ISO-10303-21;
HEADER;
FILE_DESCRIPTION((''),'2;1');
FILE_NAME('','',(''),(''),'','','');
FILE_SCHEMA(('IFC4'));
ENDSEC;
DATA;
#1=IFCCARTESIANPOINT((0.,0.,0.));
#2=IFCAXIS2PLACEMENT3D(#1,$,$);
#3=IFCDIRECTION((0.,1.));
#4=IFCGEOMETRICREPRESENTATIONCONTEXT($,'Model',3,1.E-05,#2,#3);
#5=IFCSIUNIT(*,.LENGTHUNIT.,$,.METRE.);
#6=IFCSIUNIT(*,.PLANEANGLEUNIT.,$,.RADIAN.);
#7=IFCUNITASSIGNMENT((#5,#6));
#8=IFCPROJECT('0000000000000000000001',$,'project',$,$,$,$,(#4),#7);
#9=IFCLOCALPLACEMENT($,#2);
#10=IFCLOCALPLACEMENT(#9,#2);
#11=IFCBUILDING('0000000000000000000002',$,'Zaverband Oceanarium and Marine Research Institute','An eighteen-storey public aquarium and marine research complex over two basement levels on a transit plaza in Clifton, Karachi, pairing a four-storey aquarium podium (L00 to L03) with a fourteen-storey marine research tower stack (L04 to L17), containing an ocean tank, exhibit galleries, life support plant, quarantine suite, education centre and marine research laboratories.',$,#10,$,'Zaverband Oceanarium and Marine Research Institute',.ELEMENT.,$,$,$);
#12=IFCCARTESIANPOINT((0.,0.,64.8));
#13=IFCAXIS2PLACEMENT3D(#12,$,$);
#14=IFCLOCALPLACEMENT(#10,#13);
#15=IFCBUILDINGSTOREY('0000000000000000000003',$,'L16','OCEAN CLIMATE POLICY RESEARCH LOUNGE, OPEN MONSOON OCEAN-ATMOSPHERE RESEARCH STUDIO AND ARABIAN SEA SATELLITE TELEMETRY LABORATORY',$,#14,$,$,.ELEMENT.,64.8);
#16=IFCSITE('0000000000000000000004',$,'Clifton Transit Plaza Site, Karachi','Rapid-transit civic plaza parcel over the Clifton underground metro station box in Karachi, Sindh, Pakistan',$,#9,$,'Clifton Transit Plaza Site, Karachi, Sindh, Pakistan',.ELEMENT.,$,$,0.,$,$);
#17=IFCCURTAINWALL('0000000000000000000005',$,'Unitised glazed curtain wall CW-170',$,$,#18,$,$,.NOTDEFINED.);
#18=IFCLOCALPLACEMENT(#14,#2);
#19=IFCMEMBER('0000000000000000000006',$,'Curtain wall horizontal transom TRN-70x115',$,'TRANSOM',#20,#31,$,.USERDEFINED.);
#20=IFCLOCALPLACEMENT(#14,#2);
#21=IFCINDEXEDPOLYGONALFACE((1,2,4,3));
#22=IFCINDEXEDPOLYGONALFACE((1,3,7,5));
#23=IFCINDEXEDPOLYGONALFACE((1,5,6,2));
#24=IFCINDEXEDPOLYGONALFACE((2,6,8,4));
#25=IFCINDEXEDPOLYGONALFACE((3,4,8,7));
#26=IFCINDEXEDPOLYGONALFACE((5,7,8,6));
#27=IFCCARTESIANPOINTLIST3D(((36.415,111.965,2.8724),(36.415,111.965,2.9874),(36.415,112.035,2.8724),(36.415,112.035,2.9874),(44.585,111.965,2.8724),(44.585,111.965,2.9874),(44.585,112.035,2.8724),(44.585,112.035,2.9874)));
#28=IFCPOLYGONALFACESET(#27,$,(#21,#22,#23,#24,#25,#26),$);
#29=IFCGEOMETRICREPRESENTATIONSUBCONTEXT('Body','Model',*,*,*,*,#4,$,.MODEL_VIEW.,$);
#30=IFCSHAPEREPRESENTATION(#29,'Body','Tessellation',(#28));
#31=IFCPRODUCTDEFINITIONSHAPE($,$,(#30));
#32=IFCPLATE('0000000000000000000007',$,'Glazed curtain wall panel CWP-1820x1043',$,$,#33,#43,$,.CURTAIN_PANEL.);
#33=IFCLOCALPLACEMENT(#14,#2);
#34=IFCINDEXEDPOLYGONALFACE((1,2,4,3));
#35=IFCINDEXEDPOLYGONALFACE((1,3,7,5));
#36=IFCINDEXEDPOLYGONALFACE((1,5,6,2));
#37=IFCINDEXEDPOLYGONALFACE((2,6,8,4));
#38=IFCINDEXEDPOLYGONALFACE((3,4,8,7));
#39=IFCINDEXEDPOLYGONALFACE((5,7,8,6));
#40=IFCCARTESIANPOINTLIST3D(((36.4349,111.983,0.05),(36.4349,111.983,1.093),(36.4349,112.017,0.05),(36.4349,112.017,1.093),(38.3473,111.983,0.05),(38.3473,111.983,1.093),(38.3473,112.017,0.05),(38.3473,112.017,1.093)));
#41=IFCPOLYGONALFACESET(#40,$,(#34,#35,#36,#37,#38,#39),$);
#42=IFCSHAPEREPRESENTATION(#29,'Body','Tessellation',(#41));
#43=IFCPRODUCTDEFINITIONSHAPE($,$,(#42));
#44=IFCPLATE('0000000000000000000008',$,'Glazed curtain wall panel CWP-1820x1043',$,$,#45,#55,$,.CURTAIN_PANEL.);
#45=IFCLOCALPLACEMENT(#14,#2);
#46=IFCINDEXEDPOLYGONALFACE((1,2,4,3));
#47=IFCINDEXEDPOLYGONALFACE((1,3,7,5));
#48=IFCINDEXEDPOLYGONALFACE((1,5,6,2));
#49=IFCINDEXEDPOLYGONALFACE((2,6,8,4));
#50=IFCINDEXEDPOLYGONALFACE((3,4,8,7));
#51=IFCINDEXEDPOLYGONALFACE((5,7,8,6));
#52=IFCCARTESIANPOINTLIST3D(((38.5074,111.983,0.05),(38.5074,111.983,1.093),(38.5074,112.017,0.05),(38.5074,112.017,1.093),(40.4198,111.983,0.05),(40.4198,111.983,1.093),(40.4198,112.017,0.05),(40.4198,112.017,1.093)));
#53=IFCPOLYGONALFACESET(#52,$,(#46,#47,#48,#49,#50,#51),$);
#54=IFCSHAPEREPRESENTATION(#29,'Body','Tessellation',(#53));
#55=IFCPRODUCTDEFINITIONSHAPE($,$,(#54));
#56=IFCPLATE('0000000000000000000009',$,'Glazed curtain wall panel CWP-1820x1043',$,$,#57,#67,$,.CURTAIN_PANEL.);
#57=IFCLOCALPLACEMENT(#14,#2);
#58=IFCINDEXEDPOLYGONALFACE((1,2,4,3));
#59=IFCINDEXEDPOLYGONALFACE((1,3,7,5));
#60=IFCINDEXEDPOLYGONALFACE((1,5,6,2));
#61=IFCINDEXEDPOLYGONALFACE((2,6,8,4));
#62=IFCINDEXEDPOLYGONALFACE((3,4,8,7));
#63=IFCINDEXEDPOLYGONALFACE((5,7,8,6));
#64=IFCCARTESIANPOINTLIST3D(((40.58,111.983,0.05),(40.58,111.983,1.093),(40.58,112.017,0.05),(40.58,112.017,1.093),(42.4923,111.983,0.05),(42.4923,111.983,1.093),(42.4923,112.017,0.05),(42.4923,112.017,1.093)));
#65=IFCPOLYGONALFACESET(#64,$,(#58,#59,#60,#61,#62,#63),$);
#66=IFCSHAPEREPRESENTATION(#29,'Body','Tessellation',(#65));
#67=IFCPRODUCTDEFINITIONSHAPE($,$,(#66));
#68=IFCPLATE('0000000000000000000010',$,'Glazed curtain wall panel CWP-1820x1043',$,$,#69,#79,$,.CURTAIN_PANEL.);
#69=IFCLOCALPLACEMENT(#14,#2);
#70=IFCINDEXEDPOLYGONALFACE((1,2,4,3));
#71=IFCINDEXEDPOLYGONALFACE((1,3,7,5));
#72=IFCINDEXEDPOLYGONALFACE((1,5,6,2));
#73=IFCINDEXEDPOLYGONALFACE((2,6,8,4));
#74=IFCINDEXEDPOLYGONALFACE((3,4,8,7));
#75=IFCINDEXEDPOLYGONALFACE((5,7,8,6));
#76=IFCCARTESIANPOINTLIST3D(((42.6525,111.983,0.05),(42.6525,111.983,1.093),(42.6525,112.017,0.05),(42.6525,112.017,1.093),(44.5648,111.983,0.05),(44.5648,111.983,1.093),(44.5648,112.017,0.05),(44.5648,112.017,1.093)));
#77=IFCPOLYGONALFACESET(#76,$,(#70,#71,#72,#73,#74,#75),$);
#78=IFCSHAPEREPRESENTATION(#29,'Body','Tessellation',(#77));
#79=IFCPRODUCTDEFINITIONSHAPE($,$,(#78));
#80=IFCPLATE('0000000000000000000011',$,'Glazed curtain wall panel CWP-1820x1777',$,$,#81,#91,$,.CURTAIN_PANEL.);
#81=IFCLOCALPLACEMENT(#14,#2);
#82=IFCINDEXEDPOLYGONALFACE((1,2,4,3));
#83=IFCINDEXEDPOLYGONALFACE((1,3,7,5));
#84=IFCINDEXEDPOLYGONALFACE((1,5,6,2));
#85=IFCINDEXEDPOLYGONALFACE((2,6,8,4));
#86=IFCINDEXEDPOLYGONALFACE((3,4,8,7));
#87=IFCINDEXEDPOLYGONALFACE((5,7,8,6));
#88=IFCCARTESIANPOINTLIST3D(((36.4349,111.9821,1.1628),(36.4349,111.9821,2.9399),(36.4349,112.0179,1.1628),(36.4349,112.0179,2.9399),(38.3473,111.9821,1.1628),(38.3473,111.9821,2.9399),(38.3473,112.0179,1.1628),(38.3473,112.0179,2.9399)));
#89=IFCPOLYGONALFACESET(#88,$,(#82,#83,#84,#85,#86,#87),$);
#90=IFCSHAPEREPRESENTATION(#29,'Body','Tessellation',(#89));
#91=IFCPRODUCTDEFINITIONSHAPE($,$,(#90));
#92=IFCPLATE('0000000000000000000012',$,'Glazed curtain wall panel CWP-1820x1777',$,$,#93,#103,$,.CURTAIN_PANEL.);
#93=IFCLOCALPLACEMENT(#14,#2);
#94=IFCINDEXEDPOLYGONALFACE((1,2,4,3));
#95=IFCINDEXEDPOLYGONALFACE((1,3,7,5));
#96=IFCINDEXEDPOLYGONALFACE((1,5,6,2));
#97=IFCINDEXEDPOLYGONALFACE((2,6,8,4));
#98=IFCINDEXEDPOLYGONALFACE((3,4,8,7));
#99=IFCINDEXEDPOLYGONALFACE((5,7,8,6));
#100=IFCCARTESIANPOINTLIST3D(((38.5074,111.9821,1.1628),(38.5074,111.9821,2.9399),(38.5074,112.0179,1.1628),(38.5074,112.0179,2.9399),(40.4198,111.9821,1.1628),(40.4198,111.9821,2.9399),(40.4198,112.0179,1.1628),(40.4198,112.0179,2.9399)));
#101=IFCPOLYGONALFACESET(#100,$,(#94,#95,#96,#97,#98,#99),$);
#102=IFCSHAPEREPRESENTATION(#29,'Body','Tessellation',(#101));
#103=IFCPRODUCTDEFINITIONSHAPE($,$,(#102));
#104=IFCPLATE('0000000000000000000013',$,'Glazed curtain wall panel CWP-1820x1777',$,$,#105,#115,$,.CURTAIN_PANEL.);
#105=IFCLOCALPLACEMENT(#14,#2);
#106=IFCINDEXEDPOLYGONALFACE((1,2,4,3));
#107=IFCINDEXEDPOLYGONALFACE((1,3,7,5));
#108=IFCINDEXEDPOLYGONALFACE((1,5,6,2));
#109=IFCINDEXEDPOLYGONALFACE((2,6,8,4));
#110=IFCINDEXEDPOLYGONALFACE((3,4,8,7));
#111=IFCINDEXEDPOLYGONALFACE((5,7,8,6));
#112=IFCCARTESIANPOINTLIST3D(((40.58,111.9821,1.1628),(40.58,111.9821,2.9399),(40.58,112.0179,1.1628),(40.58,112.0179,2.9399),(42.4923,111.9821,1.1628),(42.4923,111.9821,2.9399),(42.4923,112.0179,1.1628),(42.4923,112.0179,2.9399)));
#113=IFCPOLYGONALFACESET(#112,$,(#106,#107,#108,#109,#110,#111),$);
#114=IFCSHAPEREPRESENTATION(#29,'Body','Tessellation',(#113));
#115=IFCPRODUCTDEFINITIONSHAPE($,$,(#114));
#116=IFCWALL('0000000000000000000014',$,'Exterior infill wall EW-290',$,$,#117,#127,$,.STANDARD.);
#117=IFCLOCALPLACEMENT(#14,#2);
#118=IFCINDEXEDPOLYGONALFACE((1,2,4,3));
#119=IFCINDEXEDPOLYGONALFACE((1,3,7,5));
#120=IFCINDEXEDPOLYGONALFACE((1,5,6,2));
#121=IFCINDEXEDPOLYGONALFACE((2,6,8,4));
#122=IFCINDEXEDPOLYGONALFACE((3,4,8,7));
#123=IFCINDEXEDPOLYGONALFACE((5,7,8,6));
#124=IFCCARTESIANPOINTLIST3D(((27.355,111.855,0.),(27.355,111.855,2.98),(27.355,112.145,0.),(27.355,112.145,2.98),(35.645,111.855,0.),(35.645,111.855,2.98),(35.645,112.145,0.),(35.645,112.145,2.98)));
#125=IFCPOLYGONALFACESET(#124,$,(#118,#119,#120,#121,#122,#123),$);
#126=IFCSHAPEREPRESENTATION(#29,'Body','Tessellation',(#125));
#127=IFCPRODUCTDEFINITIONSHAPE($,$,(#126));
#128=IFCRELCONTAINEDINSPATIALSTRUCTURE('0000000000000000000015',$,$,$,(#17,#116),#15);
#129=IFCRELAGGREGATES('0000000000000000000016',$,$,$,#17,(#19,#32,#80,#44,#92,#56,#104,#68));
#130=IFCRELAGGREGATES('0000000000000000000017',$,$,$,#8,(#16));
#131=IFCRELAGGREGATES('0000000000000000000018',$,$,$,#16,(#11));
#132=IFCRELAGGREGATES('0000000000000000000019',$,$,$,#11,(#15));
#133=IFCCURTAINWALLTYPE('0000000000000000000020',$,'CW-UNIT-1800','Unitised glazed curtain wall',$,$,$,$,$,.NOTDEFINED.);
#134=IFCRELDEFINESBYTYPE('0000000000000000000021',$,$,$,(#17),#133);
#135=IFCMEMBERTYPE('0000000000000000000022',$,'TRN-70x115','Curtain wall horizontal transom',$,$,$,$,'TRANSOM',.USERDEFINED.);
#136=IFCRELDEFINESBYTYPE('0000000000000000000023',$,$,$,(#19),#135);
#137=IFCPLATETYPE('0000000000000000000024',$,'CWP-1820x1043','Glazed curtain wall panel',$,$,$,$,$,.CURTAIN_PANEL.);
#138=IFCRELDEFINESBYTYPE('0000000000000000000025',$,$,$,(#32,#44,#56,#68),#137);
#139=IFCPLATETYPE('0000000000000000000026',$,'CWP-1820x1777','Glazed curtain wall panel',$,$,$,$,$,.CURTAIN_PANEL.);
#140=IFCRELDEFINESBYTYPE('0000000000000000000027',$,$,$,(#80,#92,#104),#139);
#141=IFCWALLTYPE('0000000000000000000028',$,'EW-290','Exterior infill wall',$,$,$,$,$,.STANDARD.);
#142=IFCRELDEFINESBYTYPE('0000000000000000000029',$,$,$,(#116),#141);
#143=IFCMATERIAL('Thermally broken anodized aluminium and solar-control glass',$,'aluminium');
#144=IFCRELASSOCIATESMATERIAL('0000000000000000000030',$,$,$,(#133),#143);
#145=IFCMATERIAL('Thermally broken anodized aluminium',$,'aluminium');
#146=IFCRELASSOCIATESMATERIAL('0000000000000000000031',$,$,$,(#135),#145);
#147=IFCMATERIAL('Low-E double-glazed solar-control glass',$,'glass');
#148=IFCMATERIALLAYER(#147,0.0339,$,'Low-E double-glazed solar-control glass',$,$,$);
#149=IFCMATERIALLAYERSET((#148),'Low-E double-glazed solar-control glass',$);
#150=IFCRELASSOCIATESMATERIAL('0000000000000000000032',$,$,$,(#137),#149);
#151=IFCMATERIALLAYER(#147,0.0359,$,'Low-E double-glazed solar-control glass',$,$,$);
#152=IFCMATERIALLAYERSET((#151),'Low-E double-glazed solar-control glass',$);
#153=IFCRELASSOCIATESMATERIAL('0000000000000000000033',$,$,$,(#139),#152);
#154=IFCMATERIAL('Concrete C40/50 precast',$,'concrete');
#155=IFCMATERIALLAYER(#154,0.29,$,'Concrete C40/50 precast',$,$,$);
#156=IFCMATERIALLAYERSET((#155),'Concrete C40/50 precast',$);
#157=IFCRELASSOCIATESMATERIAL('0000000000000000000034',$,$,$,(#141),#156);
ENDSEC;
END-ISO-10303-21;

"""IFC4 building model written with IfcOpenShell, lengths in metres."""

from ifc_helpers import new_model, si_unit, direction, frame, frame_2d, origin, origin_2d, place, context, subcontext, project, spatial, rectangle, extrude, material, layer, layer_set, material_profile, profile_set, type_object, element, aggregate, save


model = new_model("IFC4")

# Units and contexts
model_context = context("Model", 3, precision=1e-05, world=origin(), true_north=direction((0.0, 1.0)))
body_context = subcontext(model_context, "Body", "Model", "MODEL_VIEW")
ifc_project = project(units=[si_unit("LENGTHUNIT", "METRE"), si_unit("PLANEANGLEUNIT", "RADIAN")], contexts=[model_context])

# Site, building, storey
site_placement = place(None, origin())
site = spatial("IfcSite", under=ifc_project, at=site_placement, Name="Clifton Transit Plaza Site, Karachi", Description="Rapid-transit civic plaza parcel over the Clifton underground metro station box in Karachi, Sindh, Pakistan", LongName="Clifton Transit Plaza Site, Karachi, Sindh, Pakistan", CompositionType="ELEMENT", RefElevation=0.0)
building_placement = place(site_placement, origin())
building = spatial("IfcBuilding", under=site, at=building_placement, Name="Zaverband Oceanarium and Marine Research Institute", Description="An eighteen-storey public aquarium and marine research complex over two basement levels on a transit plaza in Clifton, Karachi, pairing a four-storey aquarium podium (L00 to L03) with a fourteen-storey marine research tower stack (L04 to L17), containing an ocean tank, exhibit galleries, life support plant, quarantine suite, education centre and marine research laboratories.", LongName="Zaverband Oceanarium and Marine Research Institute", CompositionType="ELEMENT")
storey_placement = place(building_placement, frame((0.0, 0.0, 64.8)))
storey = spatial("IfcBuildingStorey", under=building, at=storey_placement, Name="L16", Description="OCEAN CLIMATE POLICY RESEARCH LOUNGE, OPEN MONSOON OCEAN-ATMOSPHERE RESEARCH STUDIO AND ARABIAN SEA SATELLITE TELEMETRY LABORATORY", CompositionType="ELEMENT", Elevation=64.8)

# Curtain wall
ifc_material_1 = material(Name="Thermally broken anodized aluminium and solar-control glass", Category="aluminium")
curtain_wall_type = type_object("IfcCurtainWallType", Name="CW-UNIT-1800", Description="Unitised glazed curtain wall", PredefinedType="NOTDEFINED", material=ifc_material_1)
curtain_wall_placement = place(storey_placement, origin())
curtain_wall = element("IfcCurtainWall", 1, at=curtain_wall_placement, inside=storey, type_object=curtain_wall_type, Name="Unitised glazed curtain wall CW-170", PredefinedType="NOTDEFINED")
ifc_material_2 = material(Name="Thermally broken anodized aluminium", Category="aluminium")

# Member
ifc_material_profile_1 = material_profile(ifc_material_2, rectangle(XDim=0.0701, YDim=0.115, at=origin_2d()), Name="AL-TRN-70x115")
ifc_profile_set_1 = profile_set([ifc_material_profile_1], Name="Thermally broken anodized aluminium")
member_type_1 = type_object("IfcMemberType", Name="TRN-70x115", Description="Curtain wall horizontal transom", ElementType="TRANSOM", PredefinedType="USERDEFINED", material=ifc_profile_set_1)
member_1_placement = place(storey_placement, frame((36.415, 112.0, 2.9299), z_axis=(1.0, 0.0, 0.0), x_axis=(0.0, 1.0, 0.0)))
member_1 = element("IfcMember", 2, at=member_1_placement, type_object=member_type_1, Name="Curtain wall horizontal transom TRN-70x115", ObjectType="TRANSOM", PredefinedType="USERDEFINED", context=body_context, shape_type="SweptSolid", body=[
    extrude(rectangle(XDim=0.0701, YDim=0.115, at=origin_2d()), origin(), (0.0, 0.0, 1.0), 8.1699),
])

# Plates
ifc_material_3 = material(Name="Low-E double-glazed solar-control glass", Category="glass")
ifc_layer_1 = layer(ifc_material_3, 0.0339, Name="Low-E double-glazed solar-control glass")
ifc_layer_set_1 = layer_set([ifc_layer_1], Name="Low-E double-glazed solar-control glass")
plate_type_1 = type_object("IfcPlateType", Name="CWP-1820x1043", Description="Glazed curtain wall panel", PredefinedType="CURTAIN_PANEL", material=ifc_layer_set_1)
plate_1_placement = place(storey_placement, frame((36.4351, 112.0, 0.05), z_axis=(0.0, 0.0, 1.0), x_axis=(1.0, 0.0, 0.0)))
plate_1 = element("IfcPlate", 3, at=plate_1_placement, type_object=plate_type_1, Name="Glazed curtain wall panel CWP-1820x1043", PredefinedType="CURTAIN_PANEL", context=body_context, shape_type="SweptSolid", body=[
    extrude(rectangle(XDim=1.9124, YDim=0.0339, at=frame_2d((0.9561, 0.0))), origin(), (0.0, 0.0, 1.0), 1.043),
])
plate_2_placement = place(storey_placement, frame((38.5076, 112.0, 0.05), z_axis=(0.0, 0.0, 1.0), x_axis=(1.0, 0.0, 0.0)))
plate_2 = element("IfcPlate", 4, at=plate_2_placement, type_object=plate_type_1, Name="Glazed curtain wall panel CWP-1820x1043", PredefinedType="CURTAIN_PANEL", context=body_context, shape_type="SweptSolid", body=[
    extrude(rectangle(XDim=1.9124, YDim=0.0339, at=frame_2d((0.9561, 0.0))), origin(), (0.0, 0.0, 1.0), 1.043),
])
plate_3_placement = place(storey_placement, frame((40.5801, 112.0, 0.05), z_axis=(0.0, 0.0, 1.0), x_axis=(1.0, 0.0, 0.0)))
plate_3 = element("IfcPlate", 5, at=plate_3_placement, type_object=plate_type_1, Name="Glazed curtain wall panel CWP-1820x1043", PredefinedType="CURTAIN_PANEL", context=body_context, shape_type="SweptSolid", body=[
    extrude(rectangle(XDim=1.9124, YDim=0.0339, at=frame_2d((0.9561, 0.0))), origin(), (0.0, 0.0, 1.0), 1.043),
])
plate_4_placement = place(storey_placement, frame((42.6526, 112.0, 0.05), z_axis=(0.0, 0.0, 1.0), x_axis=(1.0, 0.0, 0.0)))
plate_4 = element("IfcPlate", 6, at=plate_4_placement, type_object=plate_type_1, Name="Glazed curtain wall panel CWP-1820x1043", PredefinedType="CURTAIN_PANEL", context=body_context, shape_type="SweptSolid", body=[
    extrude(rectangle(XDim=1.9124, YDim=0.0339, at=frame_2d((0.9561, 0.0))), origin(), (0.0, 0.0, 1.0), 1.043),
])
ifc_layer_2 = layer(ifc_material_3, 0.0359, Name="Low-E double-glazed solar-control glass")
ifc_layer_set_2 = layer_set([ifc_layer_2], Name="Low-E double-glazed solar-control glass")
plate_type_2 = type_object("IfcPlateType", Name="CWP-1820x1777", Description="Glazed curtain wall panel", PredefinedType="CURTAIN_PANEL", material=ifc_layer_set_2)
plate_5_placement = place(storey_placement, frame((36.4351, 112.0, 1.1628), z_axis=(0.0, 0.0, 1.0), x_axis=(1.0, 0.0, 0.0)))
plate_5 = element("IfcPlate", 7, at=plate_5_placement, type_object=plate_type_2, Name="Glazed curtain wall panel CWP-1820x1777", PredefinedType="CURTAIN_PANEL", context=body_context, shape_type="SweptSolid", body=[
    extrude(rectangle(XDim=1.9124, YDim=0.0359, at=frame_2d((0.9561, 0.0))), origin(), (0.0, 0.0, 1.0), 1.7771),
])
plate_6_placement = place(storey_placement, frame((38.5076, 112.0, 1.1628), z_axis=(0.0, 0.0, 1.0), x_axis=(1.0, 0.0, 0.0)))
plate_6 = element("IfcPlate", 8, at=plate_6_placement, type_object=plate_type_2, Name="Glazed curtain wall panel CWP-1820x1777", PredefinedType="CURTAIN_PANEL", context=body_context, shape_type="SweptSolid", body=[
    extrude(rectangle(XDim=1.9124, YDim=0.0359, at=frame_2d((0.9561, 0.0))), origin(), (0.0, 0.0, 1.0), 1.7771),
])
plate_7_placement = place(storey_placement, frame((40.5801, 112.0, 1.1628), z_axis=(0.0, 0.0, 1.0), x_axis=(1.0, 0.0, 0.0)))
plate_7 = element("IfcPlate", 9, at=plate_7_placement, type_object=plate_type_2, Name="Glazed curtain wall panel CWP-1820x1777", PredefinedType="CURTAIN_PANEL", context=body_context, shape_type="SweptSolid", body=[
    extrude(rectangle(XDim=1.9124, YDim=0.0359, at=frame_2d((0.9561, 0.0))), origin(), (0.0, 0.0, 1.0), 1.7771),
])
aggregate(curtain_wall, [member_1, plate_1, plate_5, plate_2, plate_6, plate_3, plate_7, plate_4])

# Wall
ifc_material_4 = material(Name="Concrete C40/50 precast", Category="concrete")
ifc_layer_3 = layer(ifc_material_4, 0.29, Name="Concrete C40/50 precast")
ifc_layer_set_3 = layer_set([ifc_layer_3], Name="Concrete C40/50 precast")
wall_type = type_object("IfcWallType", Name="EW-290", Description="Exterior infill wall", PredefinedType="STANDARD", material=ifc_layer_set_3)
wall_placement = place(storey_placement, frame((27.355, 112.0, 0.0), z_axis=(0.0, 0.0, 1.0), x_axis=(1.0, 0.0, 0.0)))
element("IfcWall", 10, at=wall_placement, inside=storey, type_object=wall_type, Name="Exterior infill wall EW-290", PredefinedType="STANDARD", context=body_context, shape_type="SweptSolid", body=[
    extrude(rectangle(XDim=8.29, YDim=0.29, at=frame_2d((4.145, 0.0))), origin(), (0.0, 0.0, 1.0), 2.98),
])

save(model, "model.ifc")
